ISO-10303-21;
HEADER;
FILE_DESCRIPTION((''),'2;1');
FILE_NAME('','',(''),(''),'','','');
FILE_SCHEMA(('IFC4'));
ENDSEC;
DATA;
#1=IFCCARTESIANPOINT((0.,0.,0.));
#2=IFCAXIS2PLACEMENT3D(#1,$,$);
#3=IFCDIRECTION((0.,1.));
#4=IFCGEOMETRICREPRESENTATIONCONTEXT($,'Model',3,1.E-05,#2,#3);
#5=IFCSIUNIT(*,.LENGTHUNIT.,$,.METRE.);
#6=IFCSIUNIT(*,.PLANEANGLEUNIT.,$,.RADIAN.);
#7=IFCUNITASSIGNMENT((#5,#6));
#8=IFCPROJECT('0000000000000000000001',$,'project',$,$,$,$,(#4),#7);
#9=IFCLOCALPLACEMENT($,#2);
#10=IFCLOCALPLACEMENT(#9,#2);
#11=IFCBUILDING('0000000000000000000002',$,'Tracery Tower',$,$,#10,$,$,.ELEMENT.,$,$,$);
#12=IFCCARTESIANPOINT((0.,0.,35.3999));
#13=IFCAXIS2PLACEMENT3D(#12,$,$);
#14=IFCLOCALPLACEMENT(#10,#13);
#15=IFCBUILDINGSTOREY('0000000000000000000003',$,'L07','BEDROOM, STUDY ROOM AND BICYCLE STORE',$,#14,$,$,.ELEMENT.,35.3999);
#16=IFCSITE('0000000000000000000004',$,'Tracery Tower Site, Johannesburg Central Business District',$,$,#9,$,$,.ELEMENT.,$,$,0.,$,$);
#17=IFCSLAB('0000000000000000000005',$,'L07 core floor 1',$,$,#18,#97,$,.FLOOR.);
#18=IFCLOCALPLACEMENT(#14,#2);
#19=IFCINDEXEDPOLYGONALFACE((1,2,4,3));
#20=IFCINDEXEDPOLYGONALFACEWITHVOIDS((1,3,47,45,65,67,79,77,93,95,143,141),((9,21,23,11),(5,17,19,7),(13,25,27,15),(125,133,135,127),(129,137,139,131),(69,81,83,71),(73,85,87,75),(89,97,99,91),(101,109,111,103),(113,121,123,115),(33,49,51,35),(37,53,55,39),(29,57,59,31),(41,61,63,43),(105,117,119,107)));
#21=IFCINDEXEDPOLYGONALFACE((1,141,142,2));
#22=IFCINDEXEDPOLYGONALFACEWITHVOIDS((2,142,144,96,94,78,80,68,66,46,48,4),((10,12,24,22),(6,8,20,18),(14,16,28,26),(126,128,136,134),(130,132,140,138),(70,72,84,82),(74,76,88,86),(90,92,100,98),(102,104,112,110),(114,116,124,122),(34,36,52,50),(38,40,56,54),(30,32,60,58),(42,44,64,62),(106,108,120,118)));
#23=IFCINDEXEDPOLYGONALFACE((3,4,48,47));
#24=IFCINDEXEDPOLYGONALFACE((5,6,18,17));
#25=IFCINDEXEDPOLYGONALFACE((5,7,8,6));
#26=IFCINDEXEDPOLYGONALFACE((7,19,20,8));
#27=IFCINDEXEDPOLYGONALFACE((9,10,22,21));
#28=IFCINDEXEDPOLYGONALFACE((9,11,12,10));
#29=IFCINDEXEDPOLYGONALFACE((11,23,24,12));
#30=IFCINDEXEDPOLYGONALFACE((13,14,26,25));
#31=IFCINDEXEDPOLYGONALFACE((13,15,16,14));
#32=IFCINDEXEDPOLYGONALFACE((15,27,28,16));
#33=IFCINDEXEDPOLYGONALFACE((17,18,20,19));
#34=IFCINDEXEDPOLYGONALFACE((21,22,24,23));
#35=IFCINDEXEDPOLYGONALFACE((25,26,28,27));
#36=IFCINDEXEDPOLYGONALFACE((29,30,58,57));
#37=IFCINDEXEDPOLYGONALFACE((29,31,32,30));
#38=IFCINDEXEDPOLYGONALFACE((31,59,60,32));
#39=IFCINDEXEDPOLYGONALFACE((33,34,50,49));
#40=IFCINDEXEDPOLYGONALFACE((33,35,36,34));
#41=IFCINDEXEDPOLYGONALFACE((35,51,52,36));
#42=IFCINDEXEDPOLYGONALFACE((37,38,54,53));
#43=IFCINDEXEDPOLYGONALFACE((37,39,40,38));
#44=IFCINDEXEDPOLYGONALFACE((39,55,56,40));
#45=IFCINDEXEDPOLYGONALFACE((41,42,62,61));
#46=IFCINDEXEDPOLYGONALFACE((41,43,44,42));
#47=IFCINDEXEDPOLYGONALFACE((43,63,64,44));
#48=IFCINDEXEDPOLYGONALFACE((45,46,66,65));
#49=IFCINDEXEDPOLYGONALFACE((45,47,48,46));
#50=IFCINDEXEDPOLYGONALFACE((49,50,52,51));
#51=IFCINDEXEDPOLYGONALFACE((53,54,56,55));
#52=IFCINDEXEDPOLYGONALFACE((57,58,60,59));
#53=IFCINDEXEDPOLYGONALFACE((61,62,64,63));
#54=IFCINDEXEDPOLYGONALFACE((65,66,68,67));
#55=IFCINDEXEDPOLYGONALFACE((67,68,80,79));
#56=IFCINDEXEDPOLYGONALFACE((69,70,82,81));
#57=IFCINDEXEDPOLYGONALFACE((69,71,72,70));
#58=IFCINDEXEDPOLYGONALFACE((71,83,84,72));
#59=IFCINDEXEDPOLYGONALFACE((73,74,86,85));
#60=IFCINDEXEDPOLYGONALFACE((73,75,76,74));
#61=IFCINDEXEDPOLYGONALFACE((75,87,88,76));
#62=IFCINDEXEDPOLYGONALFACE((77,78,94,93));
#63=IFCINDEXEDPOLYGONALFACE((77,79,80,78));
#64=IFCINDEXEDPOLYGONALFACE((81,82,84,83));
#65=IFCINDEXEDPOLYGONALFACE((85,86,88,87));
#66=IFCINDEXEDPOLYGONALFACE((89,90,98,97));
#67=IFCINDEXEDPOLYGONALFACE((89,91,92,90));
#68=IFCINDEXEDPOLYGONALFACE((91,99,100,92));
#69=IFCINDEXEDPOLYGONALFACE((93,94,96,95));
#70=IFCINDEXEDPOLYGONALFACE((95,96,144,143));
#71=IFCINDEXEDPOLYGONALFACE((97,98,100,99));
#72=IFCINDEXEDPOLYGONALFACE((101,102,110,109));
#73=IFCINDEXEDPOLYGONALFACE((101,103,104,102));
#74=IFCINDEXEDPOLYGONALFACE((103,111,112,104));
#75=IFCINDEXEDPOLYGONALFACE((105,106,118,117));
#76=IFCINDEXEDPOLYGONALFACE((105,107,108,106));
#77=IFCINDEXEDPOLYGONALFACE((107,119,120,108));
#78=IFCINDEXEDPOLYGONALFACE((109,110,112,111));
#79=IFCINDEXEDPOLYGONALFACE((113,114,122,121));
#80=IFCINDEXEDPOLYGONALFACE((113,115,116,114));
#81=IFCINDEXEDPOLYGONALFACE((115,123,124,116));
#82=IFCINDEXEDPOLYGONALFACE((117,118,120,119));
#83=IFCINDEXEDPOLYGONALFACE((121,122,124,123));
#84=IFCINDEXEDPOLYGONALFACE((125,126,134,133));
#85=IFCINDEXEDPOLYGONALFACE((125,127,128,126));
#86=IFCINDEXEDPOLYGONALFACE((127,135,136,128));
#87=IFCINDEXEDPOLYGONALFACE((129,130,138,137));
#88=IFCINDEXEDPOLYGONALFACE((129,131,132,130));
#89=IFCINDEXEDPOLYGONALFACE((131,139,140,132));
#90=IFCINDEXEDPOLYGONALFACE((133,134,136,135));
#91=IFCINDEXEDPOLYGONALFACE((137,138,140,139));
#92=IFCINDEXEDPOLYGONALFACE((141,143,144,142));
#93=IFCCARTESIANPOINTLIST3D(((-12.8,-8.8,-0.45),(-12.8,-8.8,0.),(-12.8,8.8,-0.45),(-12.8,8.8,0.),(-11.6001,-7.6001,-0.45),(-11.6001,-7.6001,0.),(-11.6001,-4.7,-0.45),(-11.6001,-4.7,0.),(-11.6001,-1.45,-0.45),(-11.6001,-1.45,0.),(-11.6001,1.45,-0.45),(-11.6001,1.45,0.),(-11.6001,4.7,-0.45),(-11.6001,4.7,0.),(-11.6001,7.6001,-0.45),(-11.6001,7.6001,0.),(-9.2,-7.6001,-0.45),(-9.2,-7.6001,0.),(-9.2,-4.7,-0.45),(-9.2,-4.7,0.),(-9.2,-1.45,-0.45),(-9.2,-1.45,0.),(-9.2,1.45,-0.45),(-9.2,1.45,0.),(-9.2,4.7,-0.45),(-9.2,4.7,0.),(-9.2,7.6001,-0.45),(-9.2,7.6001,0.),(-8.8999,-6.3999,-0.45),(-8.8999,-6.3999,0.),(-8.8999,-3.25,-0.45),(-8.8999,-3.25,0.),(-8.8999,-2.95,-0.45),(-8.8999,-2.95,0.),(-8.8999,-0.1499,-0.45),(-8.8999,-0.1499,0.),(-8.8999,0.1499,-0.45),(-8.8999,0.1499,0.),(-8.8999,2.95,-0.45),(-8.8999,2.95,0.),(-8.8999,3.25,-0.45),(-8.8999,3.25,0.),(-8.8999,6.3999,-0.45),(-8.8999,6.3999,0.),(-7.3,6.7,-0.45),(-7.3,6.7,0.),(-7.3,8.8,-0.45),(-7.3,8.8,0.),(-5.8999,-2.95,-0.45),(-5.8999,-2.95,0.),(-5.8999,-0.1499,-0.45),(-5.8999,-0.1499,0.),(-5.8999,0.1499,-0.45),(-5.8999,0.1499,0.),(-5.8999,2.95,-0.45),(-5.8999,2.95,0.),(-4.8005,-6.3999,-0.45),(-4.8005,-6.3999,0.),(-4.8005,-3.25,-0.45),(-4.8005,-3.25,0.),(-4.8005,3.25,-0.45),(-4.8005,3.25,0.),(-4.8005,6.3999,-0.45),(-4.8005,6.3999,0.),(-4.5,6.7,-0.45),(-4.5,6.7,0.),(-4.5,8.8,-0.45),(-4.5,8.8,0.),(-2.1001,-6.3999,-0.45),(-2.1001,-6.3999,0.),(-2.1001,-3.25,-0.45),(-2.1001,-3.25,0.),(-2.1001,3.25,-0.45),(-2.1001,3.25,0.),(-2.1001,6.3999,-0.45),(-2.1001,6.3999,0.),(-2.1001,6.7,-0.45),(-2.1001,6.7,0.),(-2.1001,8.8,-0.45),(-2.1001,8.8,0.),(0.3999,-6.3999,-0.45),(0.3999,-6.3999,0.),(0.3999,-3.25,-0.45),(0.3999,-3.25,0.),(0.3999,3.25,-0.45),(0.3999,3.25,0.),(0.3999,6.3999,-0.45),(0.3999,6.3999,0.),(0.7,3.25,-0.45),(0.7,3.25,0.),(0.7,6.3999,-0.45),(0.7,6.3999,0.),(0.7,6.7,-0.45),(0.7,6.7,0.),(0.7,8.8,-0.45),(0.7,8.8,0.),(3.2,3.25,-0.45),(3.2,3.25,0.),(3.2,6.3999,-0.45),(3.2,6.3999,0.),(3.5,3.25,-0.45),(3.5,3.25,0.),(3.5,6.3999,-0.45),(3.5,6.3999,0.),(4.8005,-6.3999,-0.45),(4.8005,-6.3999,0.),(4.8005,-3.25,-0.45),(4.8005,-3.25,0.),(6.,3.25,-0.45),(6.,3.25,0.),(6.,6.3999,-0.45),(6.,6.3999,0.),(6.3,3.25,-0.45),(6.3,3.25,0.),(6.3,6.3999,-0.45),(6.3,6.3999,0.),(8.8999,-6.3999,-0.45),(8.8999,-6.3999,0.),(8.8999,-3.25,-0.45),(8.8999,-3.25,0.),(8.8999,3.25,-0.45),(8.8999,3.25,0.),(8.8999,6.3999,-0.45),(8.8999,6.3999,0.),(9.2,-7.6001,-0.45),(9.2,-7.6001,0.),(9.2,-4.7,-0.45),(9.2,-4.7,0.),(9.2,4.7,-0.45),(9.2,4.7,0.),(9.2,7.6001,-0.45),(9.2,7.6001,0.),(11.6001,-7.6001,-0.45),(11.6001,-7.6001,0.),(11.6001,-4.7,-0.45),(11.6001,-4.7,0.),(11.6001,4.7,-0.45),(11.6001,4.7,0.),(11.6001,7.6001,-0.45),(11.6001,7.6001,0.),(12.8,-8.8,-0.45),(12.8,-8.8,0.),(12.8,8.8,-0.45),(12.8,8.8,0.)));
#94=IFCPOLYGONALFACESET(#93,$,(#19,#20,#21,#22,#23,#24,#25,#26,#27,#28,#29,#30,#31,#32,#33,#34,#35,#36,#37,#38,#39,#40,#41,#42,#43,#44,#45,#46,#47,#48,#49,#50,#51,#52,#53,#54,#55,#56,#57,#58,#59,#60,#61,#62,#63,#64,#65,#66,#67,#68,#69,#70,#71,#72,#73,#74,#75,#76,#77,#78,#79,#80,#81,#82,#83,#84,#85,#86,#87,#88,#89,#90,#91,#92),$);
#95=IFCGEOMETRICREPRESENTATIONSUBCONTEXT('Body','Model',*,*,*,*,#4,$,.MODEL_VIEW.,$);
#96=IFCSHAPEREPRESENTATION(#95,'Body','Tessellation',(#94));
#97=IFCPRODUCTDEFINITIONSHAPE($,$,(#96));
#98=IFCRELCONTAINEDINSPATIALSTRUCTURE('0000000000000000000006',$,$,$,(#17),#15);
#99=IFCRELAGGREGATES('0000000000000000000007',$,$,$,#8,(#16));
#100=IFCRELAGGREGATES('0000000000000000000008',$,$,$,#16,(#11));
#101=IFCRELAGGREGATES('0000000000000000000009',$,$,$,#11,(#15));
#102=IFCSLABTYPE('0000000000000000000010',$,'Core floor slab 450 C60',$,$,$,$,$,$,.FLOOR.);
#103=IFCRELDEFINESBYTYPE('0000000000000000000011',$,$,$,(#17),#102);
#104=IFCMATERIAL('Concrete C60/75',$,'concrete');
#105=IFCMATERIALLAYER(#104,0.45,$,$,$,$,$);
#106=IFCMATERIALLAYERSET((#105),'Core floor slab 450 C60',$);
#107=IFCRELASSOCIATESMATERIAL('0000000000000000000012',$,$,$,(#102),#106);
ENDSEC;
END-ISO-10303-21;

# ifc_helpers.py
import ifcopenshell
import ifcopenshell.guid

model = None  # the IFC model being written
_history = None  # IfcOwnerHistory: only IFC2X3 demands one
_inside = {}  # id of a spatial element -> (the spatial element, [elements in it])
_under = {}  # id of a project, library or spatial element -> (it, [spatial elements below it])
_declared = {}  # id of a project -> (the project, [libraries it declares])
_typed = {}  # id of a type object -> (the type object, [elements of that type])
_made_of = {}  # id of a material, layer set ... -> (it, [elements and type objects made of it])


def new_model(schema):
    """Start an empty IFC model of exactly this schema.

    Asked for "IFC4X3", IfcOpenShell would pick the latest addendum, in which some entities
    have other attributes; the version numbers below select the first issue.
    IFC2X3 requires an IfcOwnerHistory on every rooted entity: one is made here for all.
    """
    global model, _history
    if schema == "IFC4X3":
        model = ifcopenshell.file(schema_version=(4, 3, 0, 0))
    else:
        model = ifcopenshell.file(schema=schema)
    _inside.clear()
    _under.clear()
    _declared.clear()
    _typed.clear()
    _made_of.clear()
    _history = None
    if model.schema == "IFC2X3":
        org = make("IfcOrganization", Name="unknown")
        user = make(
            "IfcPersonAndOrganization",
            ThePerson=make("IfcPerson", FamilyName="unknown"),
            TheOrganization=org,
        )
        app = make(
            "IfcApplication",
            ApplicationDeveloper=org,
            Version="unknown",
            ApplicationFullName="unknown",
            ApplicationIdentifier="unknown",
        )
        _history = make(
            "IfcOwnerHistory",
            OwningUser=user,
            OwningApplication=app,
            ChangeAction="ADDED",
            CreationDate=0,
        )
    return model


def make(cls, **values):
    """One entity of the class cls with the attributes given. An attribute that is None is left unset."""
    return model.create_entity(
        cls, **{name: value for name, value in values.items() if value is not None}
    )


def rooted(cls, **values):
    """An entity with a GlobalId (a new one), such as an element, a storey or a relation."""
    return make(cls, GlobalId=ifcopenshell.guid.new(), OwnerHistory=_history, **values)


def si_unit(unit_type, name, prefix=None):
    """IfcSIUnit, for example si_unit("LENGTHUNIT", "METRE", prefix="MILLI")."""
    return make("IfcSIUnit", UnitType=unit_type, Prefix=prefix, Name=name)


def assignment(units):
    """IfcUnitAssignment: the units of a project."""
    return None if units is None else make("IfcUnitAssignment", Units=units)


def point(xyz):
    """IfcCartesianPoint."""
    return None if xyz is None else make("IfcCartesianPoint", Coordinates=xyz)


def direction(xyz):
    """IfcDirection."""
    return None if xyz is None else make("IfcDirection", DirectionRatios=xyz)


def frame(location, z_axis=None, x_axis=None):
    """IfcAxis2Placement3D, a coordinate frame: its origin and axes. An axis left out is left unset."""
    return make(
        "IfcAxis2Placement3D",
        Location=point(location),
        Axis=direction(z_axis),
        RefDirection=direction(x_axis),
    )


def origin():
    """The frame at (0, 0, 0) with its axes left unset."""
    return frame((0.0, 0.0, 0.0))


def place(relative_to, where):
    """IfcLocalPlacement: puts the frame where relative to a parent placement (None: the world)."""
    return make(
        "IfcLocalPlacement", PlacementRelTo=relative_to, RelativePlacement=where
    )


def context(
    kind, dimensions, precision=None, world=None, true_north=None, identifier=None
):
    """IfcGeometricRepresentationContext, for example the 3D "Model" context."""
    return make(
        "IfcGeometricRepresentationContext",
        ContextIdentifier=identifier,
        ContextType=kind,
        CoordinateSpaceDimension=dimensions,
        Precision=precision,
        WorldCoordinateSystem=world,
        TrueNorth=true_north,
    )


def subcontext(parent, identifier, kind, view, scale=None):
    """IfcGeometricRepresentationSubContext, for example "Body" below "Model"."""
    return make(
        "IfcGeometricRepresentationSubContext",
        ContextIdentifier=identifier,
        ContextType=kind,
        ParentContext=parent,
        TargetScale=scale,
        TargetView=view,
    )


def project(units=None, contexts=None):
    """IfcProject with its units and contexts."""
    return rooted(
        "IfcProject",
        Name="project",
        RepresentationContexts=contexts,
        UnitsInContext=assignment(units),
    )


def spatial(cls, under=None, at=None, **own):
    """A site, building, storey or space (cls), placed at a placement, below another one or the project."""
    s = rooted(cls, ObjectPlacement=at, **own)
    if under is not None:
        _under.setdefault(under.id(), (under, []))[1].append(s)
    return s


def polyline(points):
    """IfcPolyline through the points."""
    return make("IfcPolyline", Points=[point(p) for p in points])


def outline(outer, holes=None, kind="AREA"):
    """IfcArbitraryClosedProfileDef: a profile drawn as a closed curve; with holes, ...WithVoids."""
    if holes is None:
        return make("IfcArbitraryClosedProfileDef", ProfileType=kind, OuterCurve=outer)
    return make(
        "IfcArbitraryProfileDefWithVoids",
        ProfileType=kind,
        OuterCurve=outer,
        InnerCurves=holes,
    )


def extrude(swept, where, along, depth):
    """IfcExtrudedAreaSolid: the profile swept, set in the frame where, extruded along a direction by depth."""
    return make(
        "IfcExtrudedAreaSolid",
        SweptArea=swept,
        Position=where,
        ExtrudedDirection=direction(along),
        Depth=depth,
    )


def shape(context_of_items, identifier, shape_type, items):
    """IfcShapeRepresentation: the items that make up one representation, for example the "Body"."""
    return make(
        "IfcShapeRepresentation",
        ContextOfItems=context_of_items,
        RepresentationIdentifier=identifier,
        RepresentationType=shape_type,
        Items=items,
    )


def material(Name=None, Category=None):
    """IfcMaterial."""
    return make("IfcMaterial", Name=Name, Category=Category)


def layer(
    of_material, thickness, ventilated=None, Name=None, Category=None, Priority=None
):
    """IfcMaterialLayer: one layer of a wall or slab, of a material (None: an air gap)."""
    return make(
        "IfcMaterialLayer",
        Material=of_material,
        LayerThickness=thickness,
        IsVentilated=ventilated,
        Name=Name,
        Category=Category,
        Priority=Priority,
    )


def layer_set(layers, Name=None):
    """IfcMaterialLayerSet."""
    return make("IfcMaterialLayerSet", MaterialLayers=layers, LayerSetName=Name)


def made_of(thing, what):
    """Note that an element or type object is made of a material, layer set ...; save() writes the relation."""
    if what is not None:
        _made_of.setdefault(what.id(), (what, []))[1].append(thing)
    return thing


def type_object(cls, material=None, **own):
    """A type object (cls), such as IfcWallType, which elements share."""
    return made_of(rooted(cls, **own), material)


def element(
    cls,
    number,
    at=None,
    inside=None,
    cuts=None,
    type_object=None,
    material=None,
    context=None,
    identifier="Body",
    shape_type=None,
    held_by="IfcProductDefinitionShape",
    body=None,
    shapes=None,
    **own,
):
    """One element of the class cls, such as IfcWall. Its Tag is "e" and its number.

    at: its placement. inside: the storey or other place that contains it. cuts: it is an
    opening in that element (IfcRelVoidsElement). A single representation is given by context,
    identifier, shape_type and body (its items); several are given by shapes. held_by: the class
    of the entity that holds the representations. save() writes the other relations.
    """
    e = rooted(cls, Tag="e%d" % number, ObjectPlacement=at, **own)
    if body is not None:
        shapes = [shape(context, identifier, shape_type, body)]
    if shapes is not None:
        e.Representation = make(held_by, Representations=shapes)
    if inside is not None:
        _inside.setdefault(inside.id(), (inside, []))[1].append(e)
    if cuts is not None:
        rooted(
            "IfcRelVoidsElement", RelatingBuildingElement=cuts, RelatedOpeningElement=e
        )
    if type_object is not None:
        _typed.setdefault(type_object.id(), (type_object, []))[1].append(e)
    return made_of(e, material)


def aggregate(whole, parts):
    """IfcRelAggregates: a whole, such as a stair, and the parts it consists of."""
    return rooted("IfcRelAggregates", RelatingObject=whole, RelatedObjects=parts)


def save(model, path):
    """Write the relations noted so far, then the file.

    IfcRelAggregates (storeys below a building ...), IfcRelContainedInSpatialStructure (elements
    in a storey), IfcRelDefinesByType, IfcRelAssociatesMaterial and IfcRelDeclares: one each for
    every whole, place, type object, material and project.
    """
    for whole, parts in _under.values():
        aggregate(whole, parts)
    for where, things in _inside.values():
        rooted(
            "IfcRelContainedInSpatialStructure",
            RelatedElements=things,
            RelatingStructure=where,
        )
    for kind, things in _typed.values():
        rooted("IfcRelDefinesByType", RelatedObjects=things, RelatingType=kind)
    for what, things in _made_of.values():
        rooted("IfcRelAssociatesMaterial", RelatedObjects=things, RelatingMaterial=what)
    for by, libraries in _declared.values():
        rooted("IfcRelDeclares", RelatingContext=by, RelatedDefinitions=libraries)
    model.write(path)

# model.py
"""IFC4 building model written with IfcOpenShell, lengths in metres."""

from ifc_helpers import new_model, si_unit, direction, frame, origin, place, context, subcontext, project, spatial, polyline, outline, extrude, material, layer, layer_set, type_object, element, save


model = new_model("IFC4")

# Units and contexts
model_context = context("Model", 3, precision=1e-05, world=origin(), true_north=direction((0.0, 1.0)))
body_context = subcontext(model_context, "Body", "Model", "MODEL_VIEW")
ifc_project = project(units=[si_unit("LENGTHUNIT", "METRE"), si_unit("PLANEANGLEUNIT", "RADIAN")], contexts=[model_context])

# Site, building, storey
site_placement = place(None, origin())
site = spatial("IfcSite", under=ifc_project, at=site_placement, Name="Tracery Tower Site, Johannesburg Central Business District", CompositionType="ELEMENT", RefElevation=0.0)
building_placement = place(site_placement, origin())
building = spatial("IfcBuilding", under=site, at=building_placement, Name="Tracery Tower", CompositionType="ELEMENT")
storey_placement = place(building_placement, frame((0.0, 0.0, 35.3999)))
storey = spatial("IfcBuildingStorey", under=building, at=storey_placement, Name="L07", Description="BEDROOM, STUDY ROOM AND BICYCLE STORE", CompositionType="ELEMENT", Elevation=35.3999)

# Slab
ifc_material_1 = material(Name="Concrete C60/75", Category="concrete")
ifc_layer_1 = layer(ifc_material_1, 0.45)
ifc_layer_set_1 = layer_set([ifc_layer_1], Name="Core floor slab 450 C60")
slab_type_1 = type_object("IfcSlabType", Name="Core floor slab 450 C60", PredefinedType="FLOOR", material=ifc_layer_set_1)
slab_1_placement = place(storey_placement, frame((0.0, 0.0, -0.45)))
element("IfcSlab", 1, at=slab_1_placement, inside=storey, type_object=slab_type_1, Name="L07 core floor 1", PredefinedType="FLOOR", context=body_context, shape_type="SweptSolid", body=[
    extrude(outline(polyline([(-12.8, 8.8), (-7.3, 8.8), (-7.3, 6.7), (-4.5, 6.7), (-4.5, 8.8), (-2.1001, 8.8), (-2.1001, 6.7), (0.7, 6.7), (0.7, 8.8), (12.8, 8.8), (12.8, -8.8), (-12.8, -8.8), (-12.8, 8.8)]), holes=[polyline([(11.6001, -7.6001), (11.6001, -4.7), (9.2, -4.7), (9.2, -7.6001), (11.6001, -7.6001)]), polyline([(11.6001, 4.7), (11.6001, 7.6001), (9.2, 7.6001), (9.2, 4.7), (11.6001, 4.7)]), polyline([(4.8005, -3.25), (4.8005, -6.3999), (8.8999, -6.3999), (8.8999, -3.25), (4.8005, -3.25)]), polyline([(6.3, 3.25), (8.8999, 3.25), (8.8999, 6.3999), (6.3, 6.3999), (6.3, 3.25)]), polyline([(3.5, 3.25), (6.0, 3.25), (6.0, 6.3999), (3.5, 6.3999), (3.5, 3.25)]), polyline([(3.2, 3.25), (3.2, 6.3999), (0.7, 6.3999), (0.7, 3.25), (3.2, 3.25)]), polyline([(-2.1001, 3.25), (0.3999, 3.25), (0.3999, 6.3999), (-2.1001, 6.3999), (-2.1001, 3.25)]), polyline([(0.3999, -6.3999), (0.3999, -3.25), (-2.1001, -3.25), (-2.1001, -6.3999), (0.3999, -6.3999)]), polyline([(-4.8005, -3.25), (-8.8999, -3.25), (-8.8999, -6.3999), (-4.8005, -6.3999), (-4.8005, -3.25)]), polyline([(-4.8005, 6.3999), (-8.8999, 6.3999), (-8.8999, 3.25), (-4.8005, 3.25), (-4.8005, 6.3999)]), polyline([(-8.8999, -2.95), (-5.8999, -2.95), (-5.8999, -0.1499), (-8.8999, -0.1499), (-8.8999, -2.95)]), polyline([(-5.8999, 0.1499), (-5.8999, 2.95), (-8.8999, 2.95), (-8.8999, 0.1499), (-5.8999, 0.1499)]), polyline([(-11.6001, 4.7), (-9.2, 4.7), (-9.2, 7.6001), (-11.6001, 7.6001), (-11.6001, 4.7)]), polyline([(-9.2, -7.6001), (-9.2, -4.7), (-11.6001, -4.7), (-11.6001, -7.6001), (-9.2, -7.6001)]), polyline([(-9.2, -1.45), (-9.2, 1.45), (-11.6001, 1.45), (-11.6001, -1.45), (-9.2, -1.45)])]), origin(), (0.0, 0.0, 1.0), 0.45),
])

save(model, "model.ifc")
